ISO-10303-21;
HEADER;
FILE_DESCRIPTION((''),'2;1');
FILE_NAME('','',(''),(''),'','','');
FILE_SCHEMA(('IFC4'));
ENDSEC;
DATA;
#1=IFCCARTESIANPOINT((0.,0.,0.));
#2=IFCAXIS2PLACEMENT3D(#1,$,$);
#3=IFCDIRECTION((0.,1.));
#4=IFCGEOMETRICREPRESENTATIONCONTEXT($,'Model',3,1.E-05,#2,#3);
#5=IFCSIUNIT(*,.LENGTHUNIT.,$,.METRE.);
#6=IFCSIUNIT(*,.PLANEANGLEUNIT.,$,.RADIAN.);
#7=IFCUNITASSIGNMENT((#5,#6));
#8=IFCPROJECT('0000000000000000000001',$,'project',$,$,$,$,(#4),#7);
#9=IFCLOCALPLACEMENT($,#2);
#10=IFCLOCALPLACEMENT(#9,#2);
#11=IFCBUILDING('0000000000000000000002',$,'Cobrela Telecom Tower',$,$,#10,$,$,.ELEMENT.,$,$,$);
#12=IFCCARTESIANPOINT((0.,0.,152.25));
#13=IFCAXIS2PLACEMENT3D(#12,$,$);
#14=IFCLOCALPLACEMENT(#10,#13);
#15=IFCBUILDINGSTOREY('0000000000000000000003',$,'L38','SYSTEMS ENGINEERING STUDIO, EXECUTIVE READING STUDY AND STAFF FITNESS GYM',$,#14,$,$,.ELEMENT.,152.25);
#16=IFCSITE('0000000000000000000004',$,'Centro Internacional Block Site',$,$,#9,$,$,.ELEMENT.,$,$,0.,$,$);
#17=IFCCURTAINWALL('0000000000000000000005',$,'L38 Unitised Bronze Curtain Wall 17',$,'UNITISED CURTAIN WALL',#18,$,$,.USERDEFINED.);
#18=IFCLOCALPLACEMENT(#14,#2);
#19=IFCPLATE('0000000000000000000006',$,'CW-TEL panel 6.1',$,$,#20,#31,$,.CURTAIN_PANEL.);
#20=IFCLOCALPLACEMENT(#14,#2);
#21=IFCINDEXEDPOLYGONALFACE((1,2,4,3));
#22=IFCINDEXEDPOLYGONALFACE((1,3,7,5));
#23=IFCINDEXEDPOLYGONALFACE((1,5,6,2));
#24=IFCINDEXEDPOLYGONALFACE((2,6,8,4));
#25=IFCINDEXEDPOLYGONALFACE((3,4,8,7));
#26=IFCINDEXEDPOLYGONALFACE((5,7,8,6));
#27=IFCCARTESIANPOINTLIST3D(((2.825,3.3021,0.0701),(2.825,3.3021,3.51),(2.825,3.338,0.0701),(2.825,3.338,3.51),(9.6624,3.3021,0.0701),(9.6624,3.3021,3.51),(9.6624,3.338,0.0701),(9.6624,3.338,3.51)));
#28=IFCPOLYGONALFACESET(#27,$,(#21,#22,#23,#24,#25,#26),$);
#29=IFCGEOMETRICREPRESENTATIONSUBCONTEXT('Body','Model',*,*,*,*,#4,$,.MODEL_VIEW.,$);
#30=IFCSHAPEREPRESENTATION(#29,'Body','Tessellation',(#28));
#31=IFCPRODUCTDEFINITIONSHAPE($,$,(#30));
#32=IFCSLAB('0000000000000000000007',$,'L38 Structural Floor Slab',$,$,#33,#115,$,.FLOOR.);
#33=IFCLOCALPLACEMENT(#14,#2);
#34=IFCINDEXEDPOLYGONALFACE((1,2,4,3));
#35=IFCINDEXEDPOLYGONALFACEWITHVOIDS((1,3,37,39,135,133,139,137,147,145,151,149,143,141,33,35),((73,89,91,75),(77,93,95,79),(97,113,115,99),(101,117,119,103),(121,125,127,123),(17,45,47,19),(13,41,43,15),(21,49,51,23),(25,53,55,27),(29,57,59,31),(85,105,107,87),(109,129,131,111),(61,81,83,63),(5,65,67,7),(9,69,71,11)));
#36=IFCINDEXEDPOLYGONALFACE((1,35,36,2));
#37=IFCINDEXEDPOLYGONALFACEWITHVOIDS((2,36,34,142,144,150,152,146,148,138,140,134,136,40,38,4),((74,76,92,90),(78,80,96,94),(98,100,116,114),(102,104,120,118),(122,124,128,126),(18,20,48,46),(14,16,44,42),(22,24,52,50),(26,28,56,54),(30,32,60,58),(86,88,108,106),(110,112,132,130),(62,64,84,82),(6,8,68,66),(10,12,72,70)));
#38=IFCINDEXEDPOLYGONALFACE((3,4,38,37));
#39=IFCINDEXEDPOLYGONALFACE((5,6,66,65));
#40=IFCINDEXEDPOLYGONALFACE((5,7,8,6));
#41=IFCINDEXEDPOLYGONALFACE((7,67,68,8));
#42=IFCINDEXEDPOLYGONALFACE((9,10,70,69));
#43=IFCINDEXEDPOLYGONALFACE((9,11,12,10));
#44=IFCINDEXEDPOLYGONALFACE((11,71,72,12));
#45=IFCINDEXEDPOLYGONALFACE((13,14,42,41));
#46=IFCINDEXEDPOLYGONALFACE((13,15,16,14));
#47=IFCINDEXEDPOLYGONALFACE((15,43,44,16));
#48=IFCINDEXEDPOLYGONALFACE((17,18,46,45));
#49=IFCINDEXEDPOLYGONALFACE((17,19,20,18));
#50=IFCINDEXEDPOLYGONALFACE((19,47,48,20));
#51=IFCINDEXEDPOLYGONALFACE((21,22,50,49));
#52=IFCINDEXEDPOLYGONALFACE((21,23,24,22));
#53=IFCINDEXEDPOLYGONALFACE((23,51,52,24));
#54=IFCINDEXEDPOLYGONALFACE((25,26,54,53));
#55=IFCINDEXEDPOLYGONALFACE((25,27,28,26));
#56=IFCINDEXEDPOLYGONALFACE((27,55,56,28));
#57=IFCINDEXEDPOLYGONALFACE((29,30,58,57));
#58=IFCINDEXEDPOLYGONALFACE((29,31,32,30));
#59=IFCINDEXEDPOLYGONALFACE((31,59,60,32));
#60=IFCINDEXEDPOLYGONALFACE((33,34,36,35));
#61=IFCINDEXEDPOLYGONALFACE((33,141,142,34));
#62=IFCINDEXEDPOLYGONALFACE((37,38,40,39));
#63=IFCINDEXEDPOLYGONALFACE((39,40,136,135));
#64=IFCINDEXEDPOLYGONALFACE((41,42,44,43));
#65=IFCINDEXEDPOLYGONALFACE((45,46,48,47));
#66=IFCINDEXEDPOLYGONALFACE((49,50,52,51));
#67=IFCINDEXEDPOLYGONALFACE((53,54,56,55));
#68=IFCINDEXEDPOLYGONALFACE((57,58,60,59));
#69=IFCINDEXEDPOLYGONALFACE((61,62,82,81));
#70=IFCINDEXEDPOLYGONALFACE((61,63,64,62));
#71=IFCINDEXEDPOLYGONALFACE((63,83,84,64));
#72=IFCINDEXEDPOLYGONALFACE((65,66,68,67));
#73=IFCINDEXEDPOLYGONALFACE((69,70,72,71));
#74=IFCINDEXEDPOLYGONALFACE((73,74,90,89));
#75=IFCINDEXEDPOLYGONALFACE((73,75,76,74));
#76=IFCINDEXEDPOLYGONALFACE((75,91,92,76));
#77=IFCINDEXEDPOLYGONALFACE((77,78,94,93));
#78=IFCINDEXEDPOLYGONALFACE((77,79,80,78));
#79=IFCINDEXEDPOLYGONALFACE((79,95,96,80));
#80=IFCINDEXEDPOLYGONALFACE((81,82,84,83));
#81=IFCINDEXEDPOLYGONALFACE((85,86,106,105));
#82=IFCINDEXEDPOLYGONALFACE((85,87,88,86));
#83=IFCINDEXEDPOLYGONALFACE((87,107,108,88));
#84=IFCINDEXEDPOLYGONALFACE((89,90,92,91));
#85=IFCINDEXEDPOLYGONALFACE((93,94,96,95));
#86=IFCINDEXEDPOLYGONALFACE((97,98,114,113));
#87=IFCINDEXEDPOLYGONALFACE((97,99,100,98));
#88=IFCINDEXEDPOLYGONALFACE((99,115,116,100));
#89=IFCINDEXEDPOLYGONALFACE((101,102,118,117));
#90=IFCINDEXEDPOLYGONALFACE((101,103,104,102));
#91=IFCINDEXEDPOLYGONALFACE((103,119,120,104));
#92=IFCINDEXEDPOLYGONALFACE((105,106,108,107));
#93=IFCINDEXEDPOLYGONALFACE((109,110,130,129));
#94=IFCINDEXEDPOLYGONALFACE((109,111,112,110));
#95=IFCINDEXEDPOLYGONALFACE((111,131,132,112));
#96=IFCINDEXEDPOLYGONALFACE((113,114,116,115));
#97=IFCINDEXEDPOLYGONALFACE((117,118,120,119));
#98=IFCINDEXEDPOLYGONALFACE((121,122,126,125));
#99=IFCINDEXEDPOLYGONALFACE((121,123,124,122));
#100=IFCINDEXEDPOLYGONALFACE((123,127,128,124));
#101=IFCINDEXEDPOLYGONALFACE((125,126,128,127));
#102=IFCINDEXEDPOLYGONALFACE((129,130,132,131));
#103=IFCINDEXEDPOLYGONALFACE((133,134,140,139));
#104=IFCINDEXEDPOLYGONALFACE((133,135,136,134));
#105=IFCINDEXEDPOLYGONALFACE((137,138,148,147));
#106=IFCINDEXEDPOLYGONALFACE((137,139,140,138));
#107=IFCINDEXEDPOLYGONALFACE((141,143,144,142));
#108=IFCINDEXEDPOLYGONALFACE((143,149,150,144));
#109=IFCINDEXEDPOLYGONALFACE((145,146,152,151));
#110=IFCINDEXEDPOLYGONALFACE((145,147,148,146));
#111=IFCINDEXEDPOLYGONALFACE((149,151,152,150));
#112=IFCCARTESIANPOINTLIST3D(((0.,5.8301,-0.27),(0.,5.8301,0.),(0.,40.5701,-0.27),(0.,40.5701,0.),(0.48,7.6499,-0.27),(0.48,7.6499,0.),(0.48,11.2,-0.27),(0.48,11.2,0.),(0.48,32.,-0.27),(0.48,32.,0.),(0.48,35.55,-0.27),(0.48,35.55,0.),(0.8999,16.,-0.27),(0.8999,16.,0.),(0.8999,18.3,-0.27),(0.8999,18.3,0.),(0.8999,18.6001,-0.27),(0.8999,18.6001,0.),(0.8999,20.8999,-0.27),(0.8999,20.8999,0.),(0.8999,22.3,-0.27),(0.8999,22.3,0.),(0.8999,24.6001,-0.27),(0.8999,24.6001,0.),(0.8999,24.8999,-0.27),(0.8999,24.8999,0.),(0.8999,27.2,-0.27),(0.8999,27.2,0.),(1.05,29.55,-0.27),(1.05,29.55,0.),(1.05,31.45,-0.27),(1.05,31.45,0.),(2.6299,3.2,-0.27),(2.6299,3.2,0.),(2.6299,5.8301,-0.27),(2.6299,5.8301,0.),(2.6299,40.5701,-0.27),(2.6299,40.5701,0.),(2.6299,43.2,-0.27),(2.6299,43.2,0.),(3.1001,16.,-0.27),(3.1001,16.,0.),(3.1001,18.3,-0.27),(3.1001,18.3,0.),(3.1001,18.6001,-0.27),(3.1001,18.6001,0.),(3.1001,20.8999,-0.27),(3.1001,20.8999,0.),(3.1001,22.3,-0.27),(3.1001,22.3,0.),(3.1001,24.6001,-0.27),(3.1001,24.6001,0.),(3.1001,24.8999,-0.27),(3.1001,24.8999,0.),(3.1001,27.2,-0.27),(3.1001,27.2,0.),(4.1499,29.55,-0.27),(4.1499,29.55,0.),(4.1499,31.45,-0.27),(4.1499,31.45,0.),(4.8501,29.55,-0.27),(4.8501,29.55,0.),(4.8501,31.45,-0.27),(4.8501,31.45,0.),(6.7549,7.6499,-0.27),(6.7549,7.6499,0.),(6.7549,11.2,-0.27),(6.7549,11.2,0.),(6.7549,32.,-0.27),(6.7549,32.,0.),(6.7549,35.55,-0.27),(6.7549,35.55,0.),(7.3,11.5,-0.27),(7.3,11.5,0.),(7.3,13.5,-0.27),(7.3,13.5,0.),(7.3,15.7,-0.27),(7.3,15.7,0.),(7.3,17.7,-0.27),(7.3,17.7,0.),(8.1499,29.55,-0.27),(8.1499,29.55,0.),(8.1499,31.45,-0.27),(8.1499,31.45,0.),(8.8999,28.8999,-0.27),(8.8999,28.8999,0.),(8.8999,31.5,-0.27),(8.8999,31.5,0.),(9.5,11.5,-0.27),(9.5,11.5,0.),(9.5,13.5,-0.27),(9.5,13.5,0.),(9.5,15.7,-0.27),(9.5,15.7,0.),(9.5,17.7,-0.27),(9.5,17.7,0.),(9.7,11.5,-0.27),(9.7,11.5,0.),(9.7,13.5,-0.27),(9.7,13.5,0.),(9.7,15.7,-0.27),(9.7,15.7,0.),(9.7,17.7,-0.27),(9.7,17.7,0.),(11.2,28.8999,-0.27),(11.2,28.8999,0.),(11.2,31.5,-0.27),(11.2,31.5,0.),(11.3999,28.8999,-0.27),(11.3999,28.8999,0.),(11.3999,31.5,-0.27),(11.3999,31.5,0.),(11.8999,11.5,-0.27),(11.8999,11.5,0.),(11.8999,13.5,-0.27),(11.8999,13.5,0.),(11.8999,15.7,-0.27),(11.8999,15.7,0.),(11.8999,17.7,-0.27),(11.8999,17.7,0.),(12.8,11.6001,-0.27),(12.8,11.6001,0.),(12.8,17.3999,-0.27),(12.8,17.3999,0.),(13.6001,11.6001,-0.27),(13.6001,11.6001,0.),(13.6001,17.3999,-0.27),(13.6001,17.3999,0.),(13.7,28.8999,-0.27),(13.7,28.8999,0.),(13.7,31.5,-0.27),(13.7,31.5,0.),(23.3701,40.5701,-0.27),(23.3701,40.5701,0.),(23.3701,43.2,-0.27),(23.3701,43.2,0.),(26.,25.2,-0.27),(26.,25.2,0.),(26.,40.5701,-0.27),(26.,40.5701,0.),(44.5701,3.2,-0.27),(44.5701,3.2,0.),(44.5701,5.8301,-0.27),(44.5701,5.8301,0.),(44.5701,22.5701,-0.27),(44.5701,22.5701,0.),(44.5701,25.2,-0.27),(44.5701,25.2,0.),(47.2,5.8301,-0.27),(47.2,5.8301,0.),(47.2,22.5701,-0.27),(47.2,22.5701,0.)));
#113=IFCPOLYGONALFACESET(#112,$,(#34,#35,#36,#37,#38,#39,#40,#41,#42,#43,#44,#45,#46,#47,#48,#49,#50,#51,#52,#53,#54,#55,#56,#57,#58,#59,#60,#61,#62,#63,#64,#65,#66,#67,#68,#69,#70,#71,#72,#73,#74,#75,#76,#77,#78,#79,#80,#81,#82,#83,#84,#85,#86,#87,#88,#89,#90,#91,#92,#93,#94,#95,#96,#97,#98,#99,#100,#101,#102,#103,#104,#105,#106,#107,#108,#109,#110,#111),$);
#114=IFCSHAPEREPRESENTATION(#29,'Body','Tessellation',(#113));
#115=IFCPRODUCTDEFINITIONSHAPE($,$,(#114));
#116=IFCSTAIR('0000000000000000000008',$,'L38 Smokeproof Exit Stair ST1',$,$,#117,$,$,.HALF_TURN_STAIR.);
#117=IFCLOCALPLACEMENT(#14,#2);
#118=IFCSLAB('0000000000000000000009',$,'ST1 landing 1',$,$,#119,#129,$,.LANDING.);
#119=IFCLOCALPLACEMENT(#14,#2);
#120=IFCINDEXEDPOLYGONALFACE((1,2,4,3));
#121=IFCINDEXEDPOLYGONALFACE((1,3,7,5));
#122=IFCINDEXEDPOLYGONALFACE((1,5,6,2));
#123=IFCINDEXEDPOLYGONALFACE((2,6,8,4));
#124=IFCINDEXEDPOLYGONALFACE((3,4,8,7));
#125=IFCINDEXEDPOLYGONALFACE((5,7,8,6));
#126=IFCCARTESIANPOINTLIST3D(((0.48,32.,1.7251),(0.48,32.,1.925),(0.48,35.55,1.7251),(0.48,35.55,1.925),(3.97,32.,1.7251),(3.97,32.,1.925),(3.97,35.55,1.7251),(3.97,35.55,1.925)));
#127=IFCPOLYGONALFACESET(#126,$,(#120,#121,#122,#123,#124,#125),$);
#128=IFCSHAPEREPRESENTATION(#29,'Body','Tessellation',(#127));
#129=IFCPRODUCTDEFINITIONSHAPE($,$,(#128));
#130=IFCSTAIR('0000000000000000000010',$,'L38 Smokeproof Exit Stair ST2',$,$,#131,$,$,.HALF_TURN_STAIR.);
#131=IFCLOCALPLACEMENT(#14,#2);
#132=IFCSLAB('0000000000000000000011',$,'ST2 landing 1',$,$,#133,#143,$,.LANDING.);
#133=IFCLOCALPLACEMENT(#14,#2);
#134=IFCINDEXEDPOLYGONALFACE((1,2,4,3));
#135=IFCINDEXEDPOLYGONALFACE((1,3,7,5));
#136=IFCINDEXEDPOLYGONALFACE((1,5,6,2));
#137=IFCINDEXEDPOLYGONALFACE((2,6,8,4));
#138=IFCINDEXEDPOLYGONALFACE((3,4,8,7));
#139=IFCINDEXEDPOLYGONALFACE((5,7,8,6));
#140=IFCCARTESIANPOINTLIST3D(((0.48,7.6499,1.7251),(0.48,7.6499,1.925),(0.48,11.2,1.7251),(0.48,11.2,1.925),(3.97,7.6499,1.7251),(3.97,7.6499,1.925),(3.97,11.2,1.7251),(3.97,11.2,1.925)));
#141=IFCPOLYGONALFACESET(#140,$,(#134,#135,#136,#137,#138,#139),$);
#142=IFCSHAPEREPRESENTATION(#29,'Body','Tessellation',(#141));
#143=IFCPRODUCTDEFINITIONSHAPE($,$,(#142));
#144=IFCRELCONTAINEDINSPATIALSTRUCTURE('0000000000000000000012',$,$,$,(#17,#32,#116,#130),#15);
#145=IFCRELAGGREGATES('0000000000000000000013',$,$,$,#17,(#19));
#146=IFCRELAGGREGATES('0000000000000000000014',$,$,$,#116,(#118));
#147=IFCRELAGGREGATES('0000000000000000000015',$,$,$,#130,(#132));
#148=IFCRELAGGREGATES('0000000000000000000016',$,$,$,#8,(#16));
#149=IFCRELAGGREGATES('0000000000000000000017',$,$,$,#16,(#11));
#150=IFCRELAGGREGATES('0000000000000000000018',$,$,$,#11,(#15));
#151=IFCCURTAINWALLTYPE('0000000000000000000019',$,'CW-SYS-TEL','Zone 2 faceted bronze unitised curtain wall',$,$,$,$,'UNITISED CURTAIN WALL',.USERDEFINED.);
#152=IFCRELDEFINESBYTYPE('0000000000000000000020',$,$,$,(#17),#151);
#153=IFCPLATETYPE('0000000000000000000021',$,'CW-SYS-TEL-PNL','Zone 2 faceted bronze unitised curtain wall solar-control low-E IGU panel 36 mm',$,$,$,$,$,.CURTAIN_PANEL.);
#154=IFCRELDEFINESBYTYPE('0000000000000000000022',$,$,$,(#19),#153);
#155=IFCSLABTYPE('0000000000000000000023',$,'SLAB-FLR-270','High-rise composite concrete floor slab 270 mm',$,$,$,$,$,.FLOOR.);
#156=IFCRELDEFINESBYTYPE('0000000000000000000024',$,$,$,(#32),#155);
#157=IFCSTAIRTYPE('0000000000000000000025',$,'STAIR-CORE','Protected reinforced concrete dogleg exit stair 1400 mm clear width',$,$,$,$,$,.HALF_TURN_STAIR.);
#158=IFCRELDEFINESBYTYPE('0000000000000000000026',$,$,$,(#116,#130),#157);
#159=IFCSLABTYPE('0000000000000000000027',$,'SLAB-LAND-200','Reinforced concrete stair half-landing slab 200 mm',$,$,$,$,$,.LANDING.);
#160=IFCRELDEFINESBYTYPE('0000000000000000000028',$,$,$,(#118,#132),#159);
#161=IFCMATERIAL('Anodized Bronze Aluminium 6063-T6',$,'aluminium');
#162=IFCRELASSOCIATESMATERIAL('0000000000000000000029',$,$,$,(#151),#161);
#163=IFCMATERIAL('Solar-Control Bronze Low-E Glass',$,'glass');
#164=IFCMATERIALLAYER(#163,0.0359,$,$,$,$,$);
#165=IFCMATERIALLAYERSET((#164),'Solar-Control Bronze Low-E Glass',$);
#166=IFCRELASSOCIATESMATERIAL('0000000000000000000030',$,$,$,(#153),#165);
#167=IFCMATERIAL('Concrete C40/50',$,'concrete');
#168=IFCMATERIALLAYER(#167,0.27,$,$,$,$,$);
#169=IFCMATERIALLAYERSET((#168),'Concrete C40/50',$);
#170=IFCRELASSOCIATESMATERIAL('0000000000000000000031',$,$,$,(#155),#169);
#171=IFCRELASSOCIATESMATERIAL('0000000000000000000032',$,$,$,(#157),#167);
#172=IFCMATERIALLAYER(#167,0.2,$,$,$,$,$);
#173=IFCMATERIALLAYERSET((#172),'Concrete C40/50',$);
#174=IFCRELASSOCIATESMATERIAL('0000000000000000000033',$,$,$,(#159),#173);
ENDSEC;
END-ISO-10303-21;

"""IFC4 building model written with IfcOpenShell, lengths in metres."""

from ifc_helpers import new_model, si_unit, direction, frame, origin, origin_2d, place, context, subcontext, project, spatial, polyline, rectangle, outline, extrude, material, layer, layer_set, type_object, element, aggregate, save


model = new_model("IFC4")

# Units and contexts
model_context = context("Model", 3, precision=1e-05, world=origin(), true_north=direction((0.0, 1.0)))
body_context = subcontext(model_context, "Body", "Model", "MODEL_VIEW")
ifc_project = project(units=[si_unit("LENGTHUNIT", "METRE"), si_unit("PLANEANGLEUNIT", "RADIAN")], contexts=[model_context])

# Site, building, storey
site_placement = place(None, origin())
site = spatial("IfcSite", under=ifc_project, at=site_placement, Name="Centro Internacional Block Site", CompositionType="ELEMENT", RefElevation=0.0)
building_placement = place(site_placement, origin())
building = spatial("IfcBuilding", under=site, at=building_placement, Name="Cobrela Telecom Tower", CompositionType="ELEMENT")
storey_placement = place(building_placement, frame((0.0, 0.0, 152.25)))
storey = spatial("IfcBuildingStorey", under=building, at=storey_placement, Name="L38", Description="SYSTEMS ENGINEERING STUDIO, EXECUTIVE READING STUDY AND STAFF FITNESS GYM", CompositionType="ELEMENT", Elevation=152.25)

# Curtain wall, plate
ifc_material_1 = material(Name="Anodized Bronze Aluminium 6063-T6", Category="aluminium")
curtain_wall_type = type_object("IfcCurtainWallType", Name="CW-SYS-TEL", Description="Zone 2 faceted bronze unitised curtain wall", ElementType="UNITISED CURTAIN WALL", PredefinedType="USERDEFINED", material=ifc_material_1)
curtain_wall_placement = place(storey_placement, origin())
curtain_wall = element("IfcCurtainWall", 1, at=curtain_wall_placement, inside=storey, type_object=curtain_wall_type, Name="L38 Unitised Bronze Curtain Wall 17", ObjectType="UNITISED CURTAIN WALL", PredefinedType="USERDEFINED")
ifc_material_2 = material(Name="Solar-Control Bronze Low-E Glass", Category="glass")
ifc_layer_1 = layer(ifc_material_2, 0.0359)
ifc_layer_set_1 = layer_set([ifc_layer_1], Name="Solar-Control Bronze Low-E Glass")
plate_type = type_object("IfcPlateType", Name="CW-SYS-TEL-PNL", Description="Zone 2 faceted bronze unitised curtain wall solar-control low-E IGU panel 36 mm", PredefinedType="CURTAIN_PANEL", material=ifc_layer_set_1)
plate_placement = place(storey_placement, frame((6.2437, 3.3201, 0.0701), z_axis=(0.0, 0.0, 1.0), x_axis=(-1.0, 0.0, 0.0)))
plate = element("IfcPlate", 2, at=plate_placement, type_object=plate_type, Name="CW-TEL panel 6.1", PredefinedType="CURTAIN_PANEL", context=body_context, shape_type="SweptSolid", body=[
    extrude(rectangle(XDim=6.8374, YDim=0.0359, at=origin_2d()), origin(), (0.0, 0.0, 1.0), 3.4399),
])
aggregate(curtain_wall, [plate])

# Slab, openings
ifc_material_3 = material(Name="Concrete C40/50", Category="concrete")
ifc_layer_2 = layer(ifc_material_3, 0.27)
ifc_layer_set_2 = layer_set([ifc_layer_2], Name="Concrete C40/50")
slab_type_1 = type_object("IfcSlabType", Name="SLAB-FLR-270", Description="High-rise composite concrete floor slab 270 mm", PredefinedType="FLOOR", material=ifc_layer_set_2)
slab_1_placement = place(storey_placement, frame((0.0, 0.0, -0.27)))
slab_1 = element("IfcSlab", 3, at=slab_1_placement, inside=storey, type_object=slab_type_1, Name="L38 Structural Floor Slab", PredefinedType="FLOOR", context=body_context, shape_type="SweptSolid", body=[
    extrude(outline(polyline([(2.6299, 3.2), (44.5701, 3.2), (44.5701, 5.8301), (47.2, 5.8301), (47.2, 22.5701), (44.5701, 22.5701), (44.5701, 25.2), (26.0, 25.2), (26.0, 40.5701), (23.3701, 40.5701), (23.3701, 43.2), (2.6299, 43.2), (2.6299, 40.5701), (0.0, 40.5701), (0.0, 5.8301), (2.6299, 5.8301), (2.6299, 3.2)])), origin(), (0.0, 0.0, 1.0), 0.27),
])
opening_1_placement = place(slab_1_placement, frame((0.0, 0.0, -0.02)))
element("IfcOpeningElement", 4, at=opening_1_placement, cuts=slab_1, PredefinedType="OPENING", context=body_context, shape_type="SweptSolid", body=[
    extrude(outline(polyline([(8.8999, 28.8999), (11.2, 28.8999), (11.2, 31.5), (8.8999, 31.5), (8.8999, 28.8999)])), origin(), (0.0, 0.0, 1.0), 0.3101),
])
opening_2_placement = place(slab_1_placement, frame((0.0, 0.0, -0.02)))
element("IfcOpeningElement", 5, at=opening_2_placement, cuts=slab_1, PredefinedType="OPENING", context=body_context, shape_type="SweptSolid", body=[
    extrude(outline(polyline([(11.3999, 28.8999), (13.7, 28.8999), (13.7, 31.5), (11.3999, 31.5), (11.3999, 28.8999)])), origin(), (0.0, 0.0, 1.0), 0.3101),
])
opening_3_placement = place(slab_1_placement, frame((0.0, 0.0, -0.02)))
element("IfcOpeningElement", 6, at=opening_3_placement, cuts=slab_1, PredefinedType="OPENING", context=body_context, shape_type="SweptSolid", body=[
    extrude(outline(polyline([(7.3, 15.7), (9.5, 15.7), (9.5, 17.7), (7.3, 17.7), (7.3, 15.7)])), origin(), (0.0, 0.0, 1.0), 0.3101),
])
opening_4_placement = place(slab_1_placement, frame((0.0, 0.0, -0.02)))
element("IfcOpeningElement", 7, at=opening_4_placement, cuts=slab_1, PredefinedType="OPENING", context=body_context, shape_type="SweptSolid", body=[
    extrude(outline(polyline([(9.7, 15.7), (11.8999, 15.7), (11.8999, 17.7), (9.7, 17.7), (9.7, 15.7)])), origin(), (0.0, 0.0, 1.0), 0.3101),
])
opening_5_placement = place(slab_1_placement, frame((0.0, 0.0, -0.02)))
element("IfcOpeningElement", 8, at=opening_5_placement, cuts=slab_1, PredefinedType="OPENING", context=body_context, shape_type="SweptSolid", body=[
    extrude(outline(polyline([(7.3, 11.5), (9.5, 11.5), (9.5, 13.5), (7.3, 13.5), (7.3, 11.5)])), origin(), (0.0, 0.0, 1.0), 0.3101),
])
opening_6_placement = place(slab_1_placement, frame((0.0, 0.0, -0.02)))
element("IfcOpeningElement", 9, at=opening_6_placement, cuts=slab_1, PredefinedType="OPENING", context=body_context, shape_type="SweptSolid", body=[
    extrude(outline(polyline([(9.7, 11.5), (11.8999, 11.5), (11.8999, 13.5), (9.7, 13.5), (9.7, 11.5)])), origin(), (0.0, 0.0, 1.0), 0.3101),
])
opening_7_placement = place(slab_1_placement, frame((0.0, 0.0, -0.02)))
element("IfcOpeningElement", 10, at=opening_7_placement, cuts=slab_1, PredefinedType="OPENING", context=body_context, shape_type="SweptSolid", body=[
    extrude(outline(polyline([(0.8999, 16.0), (3.1001, 16.0), (3.1001, 18.3), (0.8999, 18.3), (0.8999, 16.0)])), origin(), (0.0, 0.0, 1.0), 0.3101),
])
opening_8_placement = place(slab_1_placement, frame((0.0, 0.0, -0.02)))
element("IfcOpeningElement", 11, at=opening_8_placement, cuts=slab_1, PredefinedType="OPENING", context=body_context, shape_type="SweptSolid", body=[
    extrude(outline(polyline([(0.8999, 18.6001), (3.1001, 18.6001), (3.1001, 20.8999), (0.8999, 20.8999), (0.8999, 18.6001)])), origin(), (0.0, 0.0, 1.0), 0.3101),
])
opening_9_placement = place(slab_1_placement, frame((0.0, 0.0, -0.02)))
element("IfcOpeningElement", 12, at=opening_9_placement, cuts=slab_1, PredefinedType="OPENING", context=body_context, shape_type="SweptSolid", body=[
    extrude(outline(polyline([(0.8999, 22.3), (3.1001, 22.3), (3.1001, 24.6001), (0.8999, 24.6001), (0.8999, 22.3)])), origin(), (0.0, 0.0, 1.0), 0.3101),
])
opening_10_placement = place(slab_1_placement, frame((0.0, 0.0, -0.02)))
element("IfcOpeningElement", 13, at=opening_10_placement, cuts=slab_1, PredefinedType="OPENING", context=body_context, shape_type="SweptSolid", body=[
    extrude(outline(polyline([(0.8999, 24.8999), (3.1001, 24.8999), (3.1001, 27.2), (0.8999, 27.2), (0.8999, 24.8999)])), origin(), (0.0, 0.0, 1.0), 0.3101),
])
opening_11_placement = place(slab_1_placement, frame((0.0, 0.0, -0.02)))
element("IfcOpeningElement", 14, at=opening_11_placement, cuts=slab_1, PredefinedType="OPENING", context=body_context, shape_type="SweptSolid", body=[
    extrude(outline(polyline([(1.05, 29.55), (4.1499, 29.55), (4.1499, 31.45), (1.05, 31.45), (1.05, 29.55)])), origin(), (0.0, 0.0, 1.0), 0.3101),
])
opening_12_placement = place(slab_1_placement, frame((0.0, 0.0, -0.02)))
element("IfcOpeningElement", 15, at=opening_12_placement, cuts=slab_1, PredefinedType="OPENING", context=body_context, shape_type="SweptSolid", body=[
    extrude(outline(polyline([(4.8501, 29.55), (8.1499, 29.55), (8.1499, 31.45), (4.8501, 31.45), (4.8501, 29.55)])), origin(), (0.0, 0.0, 1.0), 0.3101),
])
opening_13_placement = place(slab_1_placement, frame((0.0, 0.0, -0.02)))
element("IfcOpeningElement", 16, at=opening_13_placement, cuts=slab_1, PredefinedType="OPENING", context=body_context, shape_type="SweptSolid", body=[
    extrude(outline(polyline([(12.8, 11.6001), (13.6001, 11.6001), (13.6001, 17.3999), (12.8, 17.3999), (12.8, 11.6001)])), origin(), (0.0, 0.0, 1.0), 0.3101),
])
opening_14_placement = place(slab_1_placement, frame((0.0, 0.0, -0.02)))
element("IfcOpeningElement", 17, at=opening_14_placement, cuts=slab_1, PredefinedType="OPENING", context=body_context, shape_type="SweptSolid", body=[
    extrude(outline(polyline([(6.7549, 35.55), (0.48, 35.55), (0.48, 32.0), (6.7549, 32.0), (6.7549, 35.55)])), origin(), (0.0, 0.0, 1.0), 0.3101),
])
opening_15_placement = place(slab_1_placement, frame((0.0, 0.0, -0.02)))
element("IfcOpeningElement", 18, at=opening_15_placement, cuts=slab_1, PredefinedType="OPENING", context=body_context, shape_type="SweptSolid", body=[
    extrude(outline(polyline([(6.7549, 11.2), (0.48, 11.2), (0.48, 7.6499), (6.7549, 7.6499), (6.7549, 11.2)])), origin(), (0.0, 0.0, 1.0), 0.3101),
])

# Stairs, slabs
stair_type = type_object("IfcStairType", Name="STAIR-CORE", Description="Protected reinforced concrete dogleg exit stair 1400 mm clear width", PredefinedType="HALF_TURN_STAIR", material=ifc_material_3)
stair_1_placement = place(storey_placement, origin())
stair_1 = element("IfcStair", 19, at=stair_1_placement, inside=storey, type_object=stair_type, Name="L38 Smokeproof Exit Stair ST1", PredefinedType="HALF_TURN_STAIR")
ifc_layer_3 = layer(ifc_material_3, 0.2)
ifc_layer_set_3 = layer_set([ifc_layer_3], Name="Concrete C40/50")
slab_type_2 = type_object("IfcSlabType", Name="SLAB-LAND-200", Description="Reinforced concrete stair half-landing slab 200 mm", PredefinedType="LANDING", material=ifc_layer_set_3)
slab_2_placement = place(storey_placement, frame((0.0, 0.0, 1.7251)))
slab_2 = element("IfcSlab", 20, at=slab_2_placement, type_object=slab_type_2, Name="ST1 landing 1", PredefinedType="LANDING", context=body_context, shape_type="SweptSolid", body=[
    extrude(outline(polyline([(3.97, 35.55), (0.48, 35.55), (0.48, 32.0), (3.97, 32.0), (3.97, 35.55)])), origin(), (0.0, 0.0, 1.0), 0.2),
])
aggregate(stair_1, [slab_2])
stair_2_placement = place(storey_placement, origin())
stair_2 = element("IfcStair", 21, at=stair_2_placement, inside=storey, type_object=stair_type, Name="L38 Smokeproof Exit Stair ST2", PredefinedType="HALF_TURN_STAIR")
slab_3_placement = place(storey_placement, frame((0.0, 0.0, 1.7251)))
slab_3 = element("IfcSlab", 22, at=slab_3_placement, type_object=slab_type_2, Name="ST2 landing 1", PredefinedType="LANDING", context=body_context, shape_type="SweptSolid", body=[
    extrude(outline(polyline([(3.97, 11.2), (0.48, 11.2), (0.48, 7.6499), (3.97, 7.6499), (3.97, 11.2)])), origin(), (0.0, 0.0, 1.0), 0.2),
])
aggregate(stair_2, [slab_3])

save(model, "model.ifc")
